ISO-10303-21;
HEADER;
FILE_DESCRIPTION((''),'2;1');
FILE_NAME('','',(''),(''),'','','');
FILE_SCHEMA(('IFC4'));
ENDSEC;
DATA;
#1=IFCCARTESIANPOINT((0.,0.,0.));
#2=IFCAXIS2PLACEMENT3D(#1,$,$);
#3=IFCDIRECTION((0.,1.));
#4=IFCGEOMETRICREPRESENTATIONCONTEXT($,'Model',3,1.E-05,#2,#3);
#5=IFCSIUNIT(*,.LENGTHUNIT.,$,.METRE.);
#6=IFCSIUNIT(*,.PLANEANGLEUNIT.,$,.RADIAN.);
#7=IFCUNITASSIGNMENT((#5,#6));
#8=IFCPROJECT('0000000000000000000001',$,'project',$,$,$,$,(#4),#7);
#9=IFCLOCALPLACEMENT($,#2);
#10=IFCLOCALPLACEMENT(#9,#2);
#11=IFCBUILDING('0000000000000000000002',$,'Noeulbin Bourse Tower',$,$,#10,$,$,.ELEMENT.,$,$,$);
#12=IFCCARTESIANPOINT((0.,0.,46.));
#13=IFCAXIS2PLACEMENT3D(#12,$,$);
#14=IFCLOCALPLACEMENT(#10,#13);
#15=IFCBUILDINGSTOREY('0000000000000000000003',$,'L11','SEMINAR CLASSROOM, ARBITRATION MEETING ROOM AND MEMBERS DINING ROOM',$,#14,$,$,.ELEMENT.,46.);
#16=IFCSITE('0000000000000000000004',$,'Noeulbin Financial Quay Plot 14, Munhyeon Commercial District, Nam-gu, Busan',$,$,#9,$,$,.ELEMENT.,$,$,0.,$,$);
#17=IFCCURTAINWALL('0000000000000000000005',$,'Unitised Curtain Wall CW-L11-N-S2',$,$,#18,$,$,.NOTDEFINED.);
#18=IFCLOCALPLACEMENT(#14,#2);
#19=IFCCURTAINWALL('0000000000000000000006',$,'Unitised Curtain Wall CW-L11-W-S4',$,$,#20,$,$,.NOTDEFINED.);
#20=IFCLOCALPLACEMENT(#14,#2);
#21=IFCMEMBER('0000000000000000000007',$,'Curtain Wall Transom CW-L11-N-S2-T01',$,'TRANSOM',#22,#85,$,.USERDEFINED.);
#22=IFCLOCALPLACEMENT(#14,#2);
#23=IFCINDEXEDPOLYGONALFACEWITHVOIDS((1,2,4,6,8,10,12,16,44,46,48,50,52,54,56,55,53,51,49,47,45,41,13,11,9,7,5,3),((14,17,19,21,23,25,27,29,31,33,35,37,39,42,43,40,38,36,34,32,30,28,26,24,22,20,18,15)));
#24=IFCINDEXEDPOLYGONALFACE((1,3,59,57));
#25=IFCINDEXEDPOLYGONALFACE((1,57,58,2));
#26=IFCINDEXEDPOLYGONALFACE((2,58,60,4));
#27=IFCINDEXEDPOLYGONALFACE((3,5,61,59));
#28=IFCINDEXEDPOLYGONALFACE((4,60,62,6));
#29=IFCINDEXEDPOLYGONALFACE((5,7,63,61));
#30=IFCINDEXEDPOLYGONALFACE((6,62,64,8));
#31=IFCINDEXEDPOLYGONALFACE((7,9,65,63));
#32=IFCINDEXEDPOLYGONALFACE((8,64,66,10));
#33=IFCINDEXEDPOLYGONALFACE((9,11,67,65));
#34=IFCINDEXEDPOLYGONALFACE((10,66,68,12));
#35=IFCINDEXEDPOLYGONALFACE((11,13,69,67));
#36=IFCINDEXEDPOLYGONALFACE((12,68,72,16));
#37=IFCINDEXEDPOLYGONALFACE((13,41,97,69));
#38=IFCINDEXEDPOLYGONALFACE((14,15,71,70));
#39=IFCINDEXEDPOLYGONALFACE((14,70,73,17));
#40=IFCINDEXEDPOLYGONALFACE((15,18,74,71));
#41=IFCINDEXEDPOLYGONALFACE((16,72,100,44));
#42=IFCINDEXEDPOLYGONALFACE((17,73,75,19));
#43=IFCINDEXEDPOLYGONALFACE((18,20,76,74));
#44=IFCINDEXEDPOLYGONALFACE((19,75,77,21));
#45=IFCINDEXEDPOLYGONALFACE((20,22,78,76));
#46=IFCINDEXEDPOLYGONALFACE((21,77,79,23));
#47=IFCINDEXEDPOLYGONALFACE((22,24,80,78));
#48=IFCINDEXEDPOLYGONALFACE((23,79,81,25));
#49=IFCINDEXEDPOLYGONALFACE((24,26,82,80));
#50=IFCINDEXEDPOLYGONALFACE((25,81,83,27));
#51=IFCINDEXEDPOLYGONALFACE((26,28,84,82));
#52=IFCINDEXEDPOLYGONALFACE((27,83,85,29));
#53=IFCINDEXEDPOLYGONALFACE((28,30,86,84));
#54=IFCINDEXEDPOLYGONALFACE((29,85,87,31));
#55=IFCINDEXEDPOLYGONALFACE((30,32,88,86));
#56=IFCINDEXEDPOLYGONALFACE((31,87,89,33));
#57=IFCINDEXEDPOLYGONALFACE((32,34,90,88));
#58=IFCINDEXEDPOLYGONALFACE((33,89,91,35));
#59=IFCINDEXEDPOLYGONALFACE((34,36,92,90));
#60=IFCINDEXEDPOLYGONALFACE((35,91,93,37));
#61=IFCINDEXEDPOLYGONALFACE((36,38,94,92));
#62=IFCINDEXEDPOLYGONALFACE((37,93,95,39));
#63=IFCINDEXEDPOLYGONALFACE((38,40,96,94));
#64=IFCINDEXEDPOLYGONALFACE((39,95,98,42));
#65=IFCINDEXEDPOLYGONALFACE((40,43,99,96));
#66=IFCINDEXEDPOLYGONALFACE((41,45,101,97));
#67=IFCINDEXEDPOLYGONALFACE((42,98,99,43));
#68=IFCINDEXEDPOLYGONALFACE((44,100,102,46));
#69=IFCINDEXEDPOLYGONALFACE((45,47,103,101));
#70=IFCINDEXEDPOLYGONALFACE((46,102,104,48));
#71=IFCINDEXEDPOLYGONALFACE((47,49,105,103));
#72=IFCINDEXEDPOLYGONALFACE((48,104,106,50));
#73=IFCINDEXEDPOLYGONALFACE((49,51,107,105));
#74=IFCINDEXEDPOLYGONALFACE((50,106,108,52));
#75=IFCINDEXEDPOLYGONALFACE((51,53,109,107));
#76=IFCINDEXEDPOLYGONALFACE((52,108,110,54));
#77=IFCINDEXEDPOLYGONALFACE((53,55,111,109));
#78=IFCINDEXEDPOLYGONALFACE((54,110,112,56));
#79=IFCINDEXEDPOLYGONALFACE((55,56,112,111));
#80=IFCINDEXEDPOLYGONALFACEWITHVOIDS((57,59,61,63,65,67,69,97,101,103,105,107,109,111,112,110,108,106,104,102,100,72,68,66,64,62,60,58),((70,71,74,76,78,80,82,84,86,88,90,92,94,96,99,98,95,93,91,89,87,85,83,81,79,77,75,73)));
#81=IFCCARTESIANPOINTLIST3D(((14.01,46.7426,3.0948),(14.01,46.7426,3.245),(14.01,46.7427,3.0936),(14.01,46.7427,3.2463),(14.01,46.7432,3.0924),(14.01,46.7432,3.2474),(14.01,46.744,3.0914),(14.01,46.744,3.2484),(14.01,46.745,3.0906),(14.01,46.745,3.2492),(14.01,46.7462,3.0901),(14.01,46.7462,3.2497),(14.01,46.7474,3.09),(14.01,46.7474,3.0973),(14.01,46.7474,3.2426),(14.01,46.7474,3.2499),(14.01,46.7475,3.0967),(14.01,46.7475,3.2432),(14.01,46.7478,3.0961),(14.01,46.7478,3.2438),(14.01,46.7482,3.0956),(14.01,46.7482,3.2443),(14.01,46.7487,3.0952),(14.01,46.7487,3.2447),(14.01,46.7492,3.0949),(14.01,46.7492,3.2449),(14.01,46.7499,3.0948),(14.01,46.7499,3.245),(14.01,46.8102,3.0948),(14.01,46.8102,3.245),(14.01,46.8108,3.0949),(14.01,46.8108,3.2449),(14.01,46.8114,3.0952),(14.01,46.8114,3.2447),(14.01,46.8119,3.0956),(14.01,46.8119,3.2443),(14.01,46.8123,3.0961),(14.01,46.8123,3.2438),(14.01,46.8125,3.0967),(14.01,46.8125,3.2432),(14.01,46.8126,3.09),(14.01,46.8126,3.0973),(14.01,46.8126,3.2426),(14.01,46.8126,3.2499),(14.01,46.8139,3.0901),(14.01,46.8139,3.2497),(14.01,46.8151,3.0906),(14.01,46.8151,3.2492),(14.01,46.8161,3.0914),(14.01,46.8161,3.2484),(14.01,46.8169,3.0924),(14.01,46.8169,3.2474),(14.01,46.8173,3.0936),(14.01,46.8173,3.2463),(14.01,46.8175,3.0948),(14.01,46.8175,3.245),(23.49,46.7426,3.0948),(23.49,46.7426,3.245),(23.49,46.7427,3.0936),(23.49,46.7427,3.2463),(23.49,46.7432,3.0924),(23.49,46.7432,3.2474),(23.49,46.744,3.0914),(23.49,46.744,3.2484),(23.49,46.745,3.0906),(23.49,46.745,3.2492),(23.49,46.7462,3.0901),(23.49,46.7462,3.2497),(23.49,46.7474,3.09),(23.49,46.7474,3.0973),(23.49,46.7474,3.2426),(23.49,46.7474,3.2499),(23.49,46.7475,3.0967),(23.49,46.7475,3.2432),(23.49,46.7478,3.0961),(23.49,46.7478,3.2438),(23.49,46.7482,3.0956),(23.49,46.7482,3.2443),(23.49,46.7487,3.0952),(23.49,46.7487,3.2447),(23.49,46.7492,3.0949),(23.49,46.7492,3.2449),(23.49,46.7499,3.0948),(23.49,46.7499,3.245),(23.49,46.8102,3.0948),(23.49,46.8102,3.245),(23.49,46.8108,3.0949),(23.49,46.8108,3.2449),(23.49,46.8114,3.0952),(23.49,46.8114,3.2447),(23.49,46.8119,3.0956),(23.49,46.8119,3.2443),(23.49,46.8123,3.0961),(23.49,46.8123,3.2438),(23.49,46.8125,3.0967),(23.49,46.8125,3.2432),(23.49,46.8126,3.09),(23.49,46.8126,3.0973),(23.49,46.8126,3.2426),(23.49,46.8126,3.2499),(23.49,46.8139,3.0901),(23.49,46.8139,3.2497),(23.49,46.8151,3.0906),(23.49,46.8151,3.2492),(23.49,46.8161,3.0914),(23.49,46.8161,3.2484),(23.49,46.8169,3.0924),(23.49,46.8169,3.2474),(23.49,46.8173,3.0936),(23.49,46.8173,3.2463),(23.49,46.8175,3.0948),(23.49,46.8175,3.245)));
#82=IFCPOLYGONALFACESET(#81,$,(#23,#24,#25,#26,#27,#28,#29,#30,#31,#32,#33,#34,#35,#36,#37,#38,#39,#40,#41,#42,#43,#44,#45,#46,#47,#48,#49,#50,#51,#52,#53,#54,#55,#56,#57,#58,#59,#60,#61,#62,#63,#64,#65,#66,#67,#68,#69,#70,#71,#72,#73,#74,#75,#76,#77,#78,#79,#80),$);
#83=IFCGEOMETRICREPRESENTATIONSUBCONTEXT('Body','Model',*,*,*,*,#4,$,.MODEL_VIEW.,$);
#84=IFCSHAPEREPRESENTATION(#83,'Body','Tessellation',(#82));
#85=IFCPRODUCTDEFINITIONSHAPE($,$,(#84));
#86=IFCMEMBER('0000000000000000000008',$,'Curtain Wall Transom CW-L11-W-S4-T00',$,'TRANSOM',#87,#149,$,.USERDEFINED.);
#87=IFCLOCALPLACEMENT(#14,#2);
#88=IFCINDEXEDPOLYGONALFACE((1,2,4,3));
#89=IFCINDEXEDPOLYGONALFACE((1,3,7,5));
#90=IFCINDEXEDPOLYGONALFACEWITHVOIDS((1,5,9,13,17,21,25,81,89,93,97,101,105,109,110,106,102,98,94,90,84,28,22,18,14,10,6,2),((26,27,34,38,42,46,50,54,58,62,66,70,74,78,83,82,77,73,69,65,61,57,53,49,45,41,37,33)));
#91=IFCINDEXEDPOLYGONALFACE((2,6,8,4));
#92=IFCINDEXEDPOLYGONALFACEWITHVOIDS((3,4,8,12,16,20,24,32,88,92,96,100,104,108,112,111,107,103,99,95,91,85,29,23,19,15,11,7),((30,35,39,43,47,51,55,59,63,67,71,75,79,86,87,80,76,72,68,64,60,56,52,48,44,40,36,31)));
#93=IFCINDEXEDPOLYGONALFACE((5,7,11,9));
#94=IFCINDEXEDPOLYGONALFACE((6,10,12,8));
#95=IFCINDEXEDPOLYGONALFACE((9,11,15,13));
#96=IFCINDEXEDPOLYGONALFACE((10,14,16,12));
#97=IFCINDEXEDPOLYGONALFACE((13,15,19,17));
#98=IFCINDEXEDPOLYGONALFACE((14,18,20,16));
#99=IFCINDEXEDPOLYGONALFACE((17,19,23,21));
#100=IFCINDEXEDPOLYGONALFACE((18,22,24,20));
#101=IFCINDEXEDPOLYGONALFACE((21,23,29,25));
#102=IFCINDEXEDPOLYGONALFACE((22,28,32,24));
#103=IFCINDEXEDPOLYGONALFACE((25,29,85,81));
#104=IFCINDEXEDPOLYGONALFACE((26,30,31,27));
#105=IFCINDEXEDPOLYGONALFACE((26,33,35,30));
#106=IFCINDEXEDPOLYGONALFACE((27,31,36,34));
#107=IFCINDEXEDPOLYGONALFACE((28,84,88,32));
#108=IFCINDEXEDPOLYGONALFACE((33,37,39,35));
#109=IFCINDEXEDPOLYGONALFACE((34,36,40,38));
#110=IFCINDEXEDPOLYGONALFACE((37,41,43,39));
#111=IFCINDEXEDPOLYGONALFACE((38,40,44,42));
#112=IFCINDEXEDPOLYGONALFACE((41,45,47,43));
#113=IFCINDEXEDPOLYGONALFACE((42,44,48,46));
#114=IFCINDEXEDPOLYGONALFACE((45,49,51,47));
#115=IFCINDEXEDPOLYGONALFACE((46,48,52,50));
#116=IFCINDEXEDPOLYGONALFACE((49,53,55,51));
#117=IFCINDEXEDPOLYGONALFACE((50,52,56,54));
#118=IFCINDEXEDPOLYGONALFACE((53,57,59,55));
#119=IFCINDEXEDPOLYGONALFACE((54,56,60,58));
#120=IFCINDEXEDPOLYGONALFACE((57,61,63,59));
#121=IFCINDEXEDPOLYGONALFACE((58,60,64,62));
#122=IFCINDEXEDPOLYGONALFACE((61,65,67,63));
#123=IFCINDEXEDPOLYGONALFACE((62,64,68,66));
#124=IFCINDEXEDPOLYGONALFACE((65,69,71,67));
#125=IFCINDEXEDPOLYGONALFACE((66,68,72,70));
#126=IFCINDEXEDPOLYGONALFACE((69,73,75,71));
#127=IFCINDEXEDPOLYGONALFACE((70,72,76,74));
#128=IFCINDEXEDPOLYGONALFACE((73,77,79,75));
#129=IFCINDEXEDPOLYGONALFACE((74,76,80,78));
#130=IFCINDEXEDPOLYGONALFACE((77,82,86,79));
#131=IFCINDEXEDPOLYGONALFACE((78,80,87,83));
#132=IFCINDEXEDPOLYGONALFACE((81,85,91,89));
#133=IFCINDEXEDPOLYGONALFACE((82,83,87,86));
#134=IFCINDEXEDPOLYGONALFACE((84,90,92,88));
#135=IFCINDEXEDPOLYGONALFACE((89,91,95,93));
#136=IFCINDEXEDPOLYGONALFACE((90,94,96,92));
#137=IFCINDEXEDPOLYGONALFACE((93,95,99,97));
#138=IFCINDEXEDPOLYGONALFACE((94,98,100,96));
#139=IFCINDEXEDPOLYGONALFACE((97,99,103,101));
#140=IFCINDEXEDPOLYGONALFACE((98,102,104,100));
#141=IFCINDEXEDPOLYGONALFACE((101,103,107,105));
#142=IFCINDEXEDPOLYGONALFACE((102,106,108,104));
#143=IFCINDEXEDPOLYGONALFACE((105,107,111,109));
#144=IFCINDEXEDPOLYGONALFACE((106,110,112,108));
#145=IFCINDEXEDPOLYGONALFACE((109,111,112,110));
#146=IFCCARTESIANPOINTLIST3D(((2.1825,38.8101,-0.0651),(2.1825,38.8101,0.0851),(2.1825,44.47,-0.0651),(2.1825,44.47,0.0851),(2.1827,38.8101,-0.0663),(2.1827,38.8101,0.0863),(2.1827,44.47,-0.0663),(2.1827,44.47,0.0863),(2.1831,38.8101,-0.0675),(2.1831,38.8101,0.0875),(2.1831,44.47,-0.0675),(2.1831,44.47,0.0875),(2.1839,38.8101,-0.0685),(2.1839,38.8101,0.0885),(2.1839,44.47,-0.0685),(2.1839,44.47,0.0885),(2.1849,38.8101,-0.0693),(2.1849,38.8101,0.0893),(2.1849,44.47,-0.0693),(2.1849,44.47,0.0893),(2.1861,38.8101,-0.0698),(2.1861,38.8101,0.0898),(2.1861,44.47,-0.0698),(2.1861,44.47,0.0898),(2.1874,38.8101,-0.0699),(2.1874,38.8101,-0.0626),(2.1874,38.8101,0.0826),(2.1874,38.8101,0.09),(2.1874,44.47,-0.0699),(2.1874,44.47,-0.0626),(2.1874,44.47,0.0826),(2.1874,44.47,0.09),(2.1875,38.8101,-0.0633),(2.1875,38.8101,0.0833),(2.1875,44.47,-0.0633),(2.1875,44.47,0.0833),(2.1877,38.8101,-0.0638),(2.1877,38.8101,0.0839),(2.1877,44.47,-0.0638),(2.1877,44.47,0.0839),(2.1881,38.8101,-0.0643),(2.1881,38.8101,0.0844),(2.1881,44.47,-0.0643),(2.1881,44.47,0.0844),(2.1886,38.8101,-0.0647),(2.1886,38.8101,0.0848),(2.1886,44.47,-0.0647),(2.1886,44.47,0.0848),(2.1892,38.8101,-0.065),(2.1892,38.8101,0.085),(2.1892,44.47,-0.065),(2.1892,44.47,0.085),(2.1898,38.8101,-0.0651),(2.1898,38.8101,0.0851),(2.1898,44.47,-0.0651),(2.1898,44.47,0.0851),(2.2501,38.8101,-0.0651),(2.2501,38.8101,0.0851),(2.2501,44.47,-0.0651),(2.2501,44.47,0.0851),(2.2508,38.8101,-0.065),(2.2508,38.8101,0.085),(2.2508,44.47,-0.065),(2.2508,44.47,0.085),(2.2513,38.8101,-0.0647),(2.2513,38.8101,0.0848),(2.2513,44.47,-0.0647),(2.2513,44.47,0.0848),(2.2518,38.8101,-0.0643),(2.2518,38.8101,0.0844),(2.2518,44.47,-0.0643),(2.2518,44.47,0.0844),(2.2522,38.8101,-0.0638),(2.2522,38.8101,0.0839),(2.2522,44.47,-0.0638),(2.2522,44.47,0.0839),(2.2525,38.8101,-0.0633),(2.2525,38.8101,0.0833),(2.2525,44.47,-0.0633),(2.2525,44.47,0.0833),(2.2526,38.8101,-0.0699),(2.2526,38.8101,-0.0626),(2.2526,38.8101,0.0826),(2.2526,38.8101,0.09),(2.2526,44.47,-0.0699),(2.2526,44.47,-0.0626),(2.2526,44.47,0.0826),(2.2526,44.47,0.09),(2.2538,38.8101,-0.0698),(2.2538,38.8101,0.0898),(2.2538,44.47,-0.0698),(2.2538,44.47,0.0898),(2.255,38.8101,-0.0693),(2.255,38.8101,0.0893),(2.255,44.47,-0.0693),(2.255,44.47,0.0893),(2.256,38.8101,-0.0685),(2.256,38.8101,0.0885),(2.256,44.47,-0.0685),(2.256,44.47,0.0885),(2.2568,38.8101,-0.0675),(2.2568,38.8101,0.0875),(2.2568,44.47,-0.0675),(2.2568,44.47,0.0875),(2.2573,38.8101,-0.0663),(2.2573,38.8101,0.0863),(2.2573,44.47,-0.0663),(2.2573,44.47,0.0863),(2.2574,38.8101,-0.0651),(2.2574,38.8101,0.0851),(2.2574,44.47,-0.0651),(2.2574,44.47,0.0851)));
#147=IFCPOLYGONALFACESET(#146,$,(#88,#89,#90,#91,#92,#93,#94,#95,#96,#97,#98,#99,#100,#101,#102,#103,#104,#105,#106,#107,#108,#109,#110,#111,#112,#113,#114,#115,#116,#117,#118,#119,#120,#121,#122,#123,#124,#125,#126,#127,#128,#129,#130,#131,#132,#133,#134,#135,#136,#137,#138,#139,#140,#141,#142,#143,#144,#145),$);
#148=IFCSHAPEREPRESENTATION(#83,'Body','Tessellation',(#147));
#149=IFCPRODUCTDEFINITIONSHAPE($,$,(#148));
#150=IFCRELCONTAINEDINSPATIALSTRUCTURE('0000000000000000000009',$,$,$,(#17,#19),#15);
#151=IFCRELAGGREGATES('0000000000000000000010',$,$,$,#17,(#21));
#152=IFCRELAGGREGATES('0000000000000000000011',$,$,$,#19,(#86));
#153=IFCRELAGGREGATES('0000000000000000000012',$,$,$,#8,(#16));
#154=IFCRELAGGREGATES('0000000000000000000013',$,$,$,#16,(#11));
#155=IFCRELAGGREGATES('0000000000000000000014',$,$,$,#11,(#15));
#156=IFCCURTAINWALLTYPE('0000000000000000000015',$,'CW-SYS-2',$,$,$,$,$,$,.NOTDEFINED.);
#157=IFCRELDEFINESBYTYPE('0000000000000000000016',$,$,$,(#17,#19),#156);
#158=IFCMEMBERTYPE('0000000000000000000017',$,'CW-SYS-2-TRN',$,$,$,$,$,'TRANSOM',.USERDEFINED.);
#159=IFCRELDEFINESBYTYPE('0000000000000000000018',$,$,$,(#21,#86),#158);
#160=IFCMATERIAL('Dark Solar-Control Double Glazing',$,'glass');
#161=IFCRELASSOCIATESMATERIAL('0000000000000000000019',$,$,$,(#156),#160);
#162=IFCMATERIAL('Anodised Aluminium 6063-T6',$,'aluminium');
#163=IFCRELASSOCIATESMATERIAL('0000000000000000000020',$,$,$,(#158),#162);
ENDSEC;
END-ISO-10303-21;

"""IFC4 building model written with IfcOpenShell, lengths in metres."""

from ifc_helpers import new_model, si_unit, direction, frame, origin, origin_2d, place, context, subcontext, project, spatial, hollow_rectangle, extrude, material, material_profile, profile_set, type_object, element, aggregate, save


model = new_model("IFC4")

# Units and contexts
model_context = context("Model", 3, precision=1e-05, world=origin(), true_north=direction((0.0, 1.0)))
body_context = subcontext(model_context, "Body", "Model", "MODEL_VIEW")
ifc_project = project(units=[si_unit("LENGTHUNIT", "METRE"), si_unit("PLANEANGLEUNIT", "RADIAN")], contexts=[model_context])

# Site, building, storey
site_placement = place(None, origin())
site = spatial("IfcSite", under=ifc_project, at=site_placement, Name="Noeulbin Financial Quay Plot 14, Munhyeon Commercial District, Nam-gu, Busan", CompositionType="ELEMENT", RefElevation=0.0)
building_placement = place(site_placement, origin())
building = spatial("IfcBuilding", under=site, at=building_placement, Name="Noeulbin Bourse Tower", CompositionType="ELEMENT")
storey_placement = place(building_placement, frame((0.0, 0.0, 46.0)))
storey = spatial("IfcBuildingStorey", under=building, at=storey_placement, Name="L11", Description="SEMINAR CLASSROOM, ARBITRATION MEETING ROOM AND MEMBERS DINING ROOM", CompositionType="ELEMENT", Elevation=46.0)

# Shared definitions
ifc_material_1 = material(Name="Dark Solar-Control Double Glazing", Category="glass")
curtain_wall_type = type_object("IfcCurtainWallType", Name="CW-SYS-2", PredefinedType="NOTDEFINED", material=ifc_material_1)
ifc_material_2 = material(Name="Anodised Aluminium 6063-T6", Category="aluminium")

# Curtain wall
curtain_wall_1_placement = place(storey_placement, origin())
curtain_wall_1 = element("IfcCurtainWall", 1, at=curtain_wall_1_placement, inside=storey, type_object=curtain_wall_type, Name="Unitised Curtain Wall CW-L11-N-S2", PredefinedType="NOTDEFINED")

# Curtain wall
curtain_wall_2_placement = place(storey_placement, origin())
curtain_wall_2 = element("IfcCurtainWall", 2, at=curtain_wall_2_placement, inside=storey, type_object=curtain_wall_type, Name="Unitised Curtain Wall CW-L11-W-S4", PredefinedType="NOTDEFINED")

# Members
ifc_material_profile_1 = material_profile(ifc_material_2, hollow_rectangle(XDim=0.075, YDim=0.1599, WallThickness=0.0049, InnerFilletRadius=0.0024, OuterFilletRadius=0.0049, at=origin_2d()), Name="ALU-TRAN-75x160x5", Category="LoadBearing")
ifc_profile_set_1 = profile_set([ifc_material_profile_1], Name="Anodised Aluminium 6063-T6")
member_type_1 = type_object("IfcMemberType", Name="CW-SYS-2-TRN", ElementType="TRANSOM", PredefinedType="USERDEFINED", material=ifc_profile_set_1)
member_1_placement = place(storey_placement, frame((14.01, 46.78, 3.1699), z_axis=(1.0, 0.0, 0.0), x_axis=(0.0, 1.0, 0.0)))
member_1 = element("IfcMember", 3, at=member_1_placement, type_object=member_type_1, Name="Curtain Wall Transom CW-L11-N-S2-T01", ObjectType="TRANSOM", PredefinedType="USERDEFINED", context=body_context, shape_type="SweptSolid", body=[
    extrude(hollow_rectangle(XDim=0.075, YDim=0.1599, WallThickness=0.0049, InnerFilletRadius=0.0024, OuterFilletRadius=0.0049, at=origin_2d()), origin(), (0.0, 0.0, 1.0), 9.48),
])
aggregate(curtain_wall_1, [member_1])
member_2_placement = place(storey_placement, frame((2.22, 38.8101, 0.01), z_axis=(0.0, 1.0, 0.0), x_axis=(-1.0, 0.0, 0.0)))
member_2 = element("IfcMember", 4, at=member_2_placement, type_object=member_type_1, Name="Curtain Wall Transom CW-L11-W-S4-T00", ObjectType="TRANSOM", PredefinedType="USERDEFINED", context=body_context, shape_type="SweptSolid", body=[
    extrude(hollow_rectangle(XDim=0.075, YDim=0.1599, WallThickness=0.0049, InnerFilletRadius=0.0024, OuterFilletRadius=0.0049, at=origin_2d()), origin(), (0.0, 0.0, 1.0), 5.6599),
])

aggregate(curtain_wall_2, [member_2])

save(model, "model.ifc")
